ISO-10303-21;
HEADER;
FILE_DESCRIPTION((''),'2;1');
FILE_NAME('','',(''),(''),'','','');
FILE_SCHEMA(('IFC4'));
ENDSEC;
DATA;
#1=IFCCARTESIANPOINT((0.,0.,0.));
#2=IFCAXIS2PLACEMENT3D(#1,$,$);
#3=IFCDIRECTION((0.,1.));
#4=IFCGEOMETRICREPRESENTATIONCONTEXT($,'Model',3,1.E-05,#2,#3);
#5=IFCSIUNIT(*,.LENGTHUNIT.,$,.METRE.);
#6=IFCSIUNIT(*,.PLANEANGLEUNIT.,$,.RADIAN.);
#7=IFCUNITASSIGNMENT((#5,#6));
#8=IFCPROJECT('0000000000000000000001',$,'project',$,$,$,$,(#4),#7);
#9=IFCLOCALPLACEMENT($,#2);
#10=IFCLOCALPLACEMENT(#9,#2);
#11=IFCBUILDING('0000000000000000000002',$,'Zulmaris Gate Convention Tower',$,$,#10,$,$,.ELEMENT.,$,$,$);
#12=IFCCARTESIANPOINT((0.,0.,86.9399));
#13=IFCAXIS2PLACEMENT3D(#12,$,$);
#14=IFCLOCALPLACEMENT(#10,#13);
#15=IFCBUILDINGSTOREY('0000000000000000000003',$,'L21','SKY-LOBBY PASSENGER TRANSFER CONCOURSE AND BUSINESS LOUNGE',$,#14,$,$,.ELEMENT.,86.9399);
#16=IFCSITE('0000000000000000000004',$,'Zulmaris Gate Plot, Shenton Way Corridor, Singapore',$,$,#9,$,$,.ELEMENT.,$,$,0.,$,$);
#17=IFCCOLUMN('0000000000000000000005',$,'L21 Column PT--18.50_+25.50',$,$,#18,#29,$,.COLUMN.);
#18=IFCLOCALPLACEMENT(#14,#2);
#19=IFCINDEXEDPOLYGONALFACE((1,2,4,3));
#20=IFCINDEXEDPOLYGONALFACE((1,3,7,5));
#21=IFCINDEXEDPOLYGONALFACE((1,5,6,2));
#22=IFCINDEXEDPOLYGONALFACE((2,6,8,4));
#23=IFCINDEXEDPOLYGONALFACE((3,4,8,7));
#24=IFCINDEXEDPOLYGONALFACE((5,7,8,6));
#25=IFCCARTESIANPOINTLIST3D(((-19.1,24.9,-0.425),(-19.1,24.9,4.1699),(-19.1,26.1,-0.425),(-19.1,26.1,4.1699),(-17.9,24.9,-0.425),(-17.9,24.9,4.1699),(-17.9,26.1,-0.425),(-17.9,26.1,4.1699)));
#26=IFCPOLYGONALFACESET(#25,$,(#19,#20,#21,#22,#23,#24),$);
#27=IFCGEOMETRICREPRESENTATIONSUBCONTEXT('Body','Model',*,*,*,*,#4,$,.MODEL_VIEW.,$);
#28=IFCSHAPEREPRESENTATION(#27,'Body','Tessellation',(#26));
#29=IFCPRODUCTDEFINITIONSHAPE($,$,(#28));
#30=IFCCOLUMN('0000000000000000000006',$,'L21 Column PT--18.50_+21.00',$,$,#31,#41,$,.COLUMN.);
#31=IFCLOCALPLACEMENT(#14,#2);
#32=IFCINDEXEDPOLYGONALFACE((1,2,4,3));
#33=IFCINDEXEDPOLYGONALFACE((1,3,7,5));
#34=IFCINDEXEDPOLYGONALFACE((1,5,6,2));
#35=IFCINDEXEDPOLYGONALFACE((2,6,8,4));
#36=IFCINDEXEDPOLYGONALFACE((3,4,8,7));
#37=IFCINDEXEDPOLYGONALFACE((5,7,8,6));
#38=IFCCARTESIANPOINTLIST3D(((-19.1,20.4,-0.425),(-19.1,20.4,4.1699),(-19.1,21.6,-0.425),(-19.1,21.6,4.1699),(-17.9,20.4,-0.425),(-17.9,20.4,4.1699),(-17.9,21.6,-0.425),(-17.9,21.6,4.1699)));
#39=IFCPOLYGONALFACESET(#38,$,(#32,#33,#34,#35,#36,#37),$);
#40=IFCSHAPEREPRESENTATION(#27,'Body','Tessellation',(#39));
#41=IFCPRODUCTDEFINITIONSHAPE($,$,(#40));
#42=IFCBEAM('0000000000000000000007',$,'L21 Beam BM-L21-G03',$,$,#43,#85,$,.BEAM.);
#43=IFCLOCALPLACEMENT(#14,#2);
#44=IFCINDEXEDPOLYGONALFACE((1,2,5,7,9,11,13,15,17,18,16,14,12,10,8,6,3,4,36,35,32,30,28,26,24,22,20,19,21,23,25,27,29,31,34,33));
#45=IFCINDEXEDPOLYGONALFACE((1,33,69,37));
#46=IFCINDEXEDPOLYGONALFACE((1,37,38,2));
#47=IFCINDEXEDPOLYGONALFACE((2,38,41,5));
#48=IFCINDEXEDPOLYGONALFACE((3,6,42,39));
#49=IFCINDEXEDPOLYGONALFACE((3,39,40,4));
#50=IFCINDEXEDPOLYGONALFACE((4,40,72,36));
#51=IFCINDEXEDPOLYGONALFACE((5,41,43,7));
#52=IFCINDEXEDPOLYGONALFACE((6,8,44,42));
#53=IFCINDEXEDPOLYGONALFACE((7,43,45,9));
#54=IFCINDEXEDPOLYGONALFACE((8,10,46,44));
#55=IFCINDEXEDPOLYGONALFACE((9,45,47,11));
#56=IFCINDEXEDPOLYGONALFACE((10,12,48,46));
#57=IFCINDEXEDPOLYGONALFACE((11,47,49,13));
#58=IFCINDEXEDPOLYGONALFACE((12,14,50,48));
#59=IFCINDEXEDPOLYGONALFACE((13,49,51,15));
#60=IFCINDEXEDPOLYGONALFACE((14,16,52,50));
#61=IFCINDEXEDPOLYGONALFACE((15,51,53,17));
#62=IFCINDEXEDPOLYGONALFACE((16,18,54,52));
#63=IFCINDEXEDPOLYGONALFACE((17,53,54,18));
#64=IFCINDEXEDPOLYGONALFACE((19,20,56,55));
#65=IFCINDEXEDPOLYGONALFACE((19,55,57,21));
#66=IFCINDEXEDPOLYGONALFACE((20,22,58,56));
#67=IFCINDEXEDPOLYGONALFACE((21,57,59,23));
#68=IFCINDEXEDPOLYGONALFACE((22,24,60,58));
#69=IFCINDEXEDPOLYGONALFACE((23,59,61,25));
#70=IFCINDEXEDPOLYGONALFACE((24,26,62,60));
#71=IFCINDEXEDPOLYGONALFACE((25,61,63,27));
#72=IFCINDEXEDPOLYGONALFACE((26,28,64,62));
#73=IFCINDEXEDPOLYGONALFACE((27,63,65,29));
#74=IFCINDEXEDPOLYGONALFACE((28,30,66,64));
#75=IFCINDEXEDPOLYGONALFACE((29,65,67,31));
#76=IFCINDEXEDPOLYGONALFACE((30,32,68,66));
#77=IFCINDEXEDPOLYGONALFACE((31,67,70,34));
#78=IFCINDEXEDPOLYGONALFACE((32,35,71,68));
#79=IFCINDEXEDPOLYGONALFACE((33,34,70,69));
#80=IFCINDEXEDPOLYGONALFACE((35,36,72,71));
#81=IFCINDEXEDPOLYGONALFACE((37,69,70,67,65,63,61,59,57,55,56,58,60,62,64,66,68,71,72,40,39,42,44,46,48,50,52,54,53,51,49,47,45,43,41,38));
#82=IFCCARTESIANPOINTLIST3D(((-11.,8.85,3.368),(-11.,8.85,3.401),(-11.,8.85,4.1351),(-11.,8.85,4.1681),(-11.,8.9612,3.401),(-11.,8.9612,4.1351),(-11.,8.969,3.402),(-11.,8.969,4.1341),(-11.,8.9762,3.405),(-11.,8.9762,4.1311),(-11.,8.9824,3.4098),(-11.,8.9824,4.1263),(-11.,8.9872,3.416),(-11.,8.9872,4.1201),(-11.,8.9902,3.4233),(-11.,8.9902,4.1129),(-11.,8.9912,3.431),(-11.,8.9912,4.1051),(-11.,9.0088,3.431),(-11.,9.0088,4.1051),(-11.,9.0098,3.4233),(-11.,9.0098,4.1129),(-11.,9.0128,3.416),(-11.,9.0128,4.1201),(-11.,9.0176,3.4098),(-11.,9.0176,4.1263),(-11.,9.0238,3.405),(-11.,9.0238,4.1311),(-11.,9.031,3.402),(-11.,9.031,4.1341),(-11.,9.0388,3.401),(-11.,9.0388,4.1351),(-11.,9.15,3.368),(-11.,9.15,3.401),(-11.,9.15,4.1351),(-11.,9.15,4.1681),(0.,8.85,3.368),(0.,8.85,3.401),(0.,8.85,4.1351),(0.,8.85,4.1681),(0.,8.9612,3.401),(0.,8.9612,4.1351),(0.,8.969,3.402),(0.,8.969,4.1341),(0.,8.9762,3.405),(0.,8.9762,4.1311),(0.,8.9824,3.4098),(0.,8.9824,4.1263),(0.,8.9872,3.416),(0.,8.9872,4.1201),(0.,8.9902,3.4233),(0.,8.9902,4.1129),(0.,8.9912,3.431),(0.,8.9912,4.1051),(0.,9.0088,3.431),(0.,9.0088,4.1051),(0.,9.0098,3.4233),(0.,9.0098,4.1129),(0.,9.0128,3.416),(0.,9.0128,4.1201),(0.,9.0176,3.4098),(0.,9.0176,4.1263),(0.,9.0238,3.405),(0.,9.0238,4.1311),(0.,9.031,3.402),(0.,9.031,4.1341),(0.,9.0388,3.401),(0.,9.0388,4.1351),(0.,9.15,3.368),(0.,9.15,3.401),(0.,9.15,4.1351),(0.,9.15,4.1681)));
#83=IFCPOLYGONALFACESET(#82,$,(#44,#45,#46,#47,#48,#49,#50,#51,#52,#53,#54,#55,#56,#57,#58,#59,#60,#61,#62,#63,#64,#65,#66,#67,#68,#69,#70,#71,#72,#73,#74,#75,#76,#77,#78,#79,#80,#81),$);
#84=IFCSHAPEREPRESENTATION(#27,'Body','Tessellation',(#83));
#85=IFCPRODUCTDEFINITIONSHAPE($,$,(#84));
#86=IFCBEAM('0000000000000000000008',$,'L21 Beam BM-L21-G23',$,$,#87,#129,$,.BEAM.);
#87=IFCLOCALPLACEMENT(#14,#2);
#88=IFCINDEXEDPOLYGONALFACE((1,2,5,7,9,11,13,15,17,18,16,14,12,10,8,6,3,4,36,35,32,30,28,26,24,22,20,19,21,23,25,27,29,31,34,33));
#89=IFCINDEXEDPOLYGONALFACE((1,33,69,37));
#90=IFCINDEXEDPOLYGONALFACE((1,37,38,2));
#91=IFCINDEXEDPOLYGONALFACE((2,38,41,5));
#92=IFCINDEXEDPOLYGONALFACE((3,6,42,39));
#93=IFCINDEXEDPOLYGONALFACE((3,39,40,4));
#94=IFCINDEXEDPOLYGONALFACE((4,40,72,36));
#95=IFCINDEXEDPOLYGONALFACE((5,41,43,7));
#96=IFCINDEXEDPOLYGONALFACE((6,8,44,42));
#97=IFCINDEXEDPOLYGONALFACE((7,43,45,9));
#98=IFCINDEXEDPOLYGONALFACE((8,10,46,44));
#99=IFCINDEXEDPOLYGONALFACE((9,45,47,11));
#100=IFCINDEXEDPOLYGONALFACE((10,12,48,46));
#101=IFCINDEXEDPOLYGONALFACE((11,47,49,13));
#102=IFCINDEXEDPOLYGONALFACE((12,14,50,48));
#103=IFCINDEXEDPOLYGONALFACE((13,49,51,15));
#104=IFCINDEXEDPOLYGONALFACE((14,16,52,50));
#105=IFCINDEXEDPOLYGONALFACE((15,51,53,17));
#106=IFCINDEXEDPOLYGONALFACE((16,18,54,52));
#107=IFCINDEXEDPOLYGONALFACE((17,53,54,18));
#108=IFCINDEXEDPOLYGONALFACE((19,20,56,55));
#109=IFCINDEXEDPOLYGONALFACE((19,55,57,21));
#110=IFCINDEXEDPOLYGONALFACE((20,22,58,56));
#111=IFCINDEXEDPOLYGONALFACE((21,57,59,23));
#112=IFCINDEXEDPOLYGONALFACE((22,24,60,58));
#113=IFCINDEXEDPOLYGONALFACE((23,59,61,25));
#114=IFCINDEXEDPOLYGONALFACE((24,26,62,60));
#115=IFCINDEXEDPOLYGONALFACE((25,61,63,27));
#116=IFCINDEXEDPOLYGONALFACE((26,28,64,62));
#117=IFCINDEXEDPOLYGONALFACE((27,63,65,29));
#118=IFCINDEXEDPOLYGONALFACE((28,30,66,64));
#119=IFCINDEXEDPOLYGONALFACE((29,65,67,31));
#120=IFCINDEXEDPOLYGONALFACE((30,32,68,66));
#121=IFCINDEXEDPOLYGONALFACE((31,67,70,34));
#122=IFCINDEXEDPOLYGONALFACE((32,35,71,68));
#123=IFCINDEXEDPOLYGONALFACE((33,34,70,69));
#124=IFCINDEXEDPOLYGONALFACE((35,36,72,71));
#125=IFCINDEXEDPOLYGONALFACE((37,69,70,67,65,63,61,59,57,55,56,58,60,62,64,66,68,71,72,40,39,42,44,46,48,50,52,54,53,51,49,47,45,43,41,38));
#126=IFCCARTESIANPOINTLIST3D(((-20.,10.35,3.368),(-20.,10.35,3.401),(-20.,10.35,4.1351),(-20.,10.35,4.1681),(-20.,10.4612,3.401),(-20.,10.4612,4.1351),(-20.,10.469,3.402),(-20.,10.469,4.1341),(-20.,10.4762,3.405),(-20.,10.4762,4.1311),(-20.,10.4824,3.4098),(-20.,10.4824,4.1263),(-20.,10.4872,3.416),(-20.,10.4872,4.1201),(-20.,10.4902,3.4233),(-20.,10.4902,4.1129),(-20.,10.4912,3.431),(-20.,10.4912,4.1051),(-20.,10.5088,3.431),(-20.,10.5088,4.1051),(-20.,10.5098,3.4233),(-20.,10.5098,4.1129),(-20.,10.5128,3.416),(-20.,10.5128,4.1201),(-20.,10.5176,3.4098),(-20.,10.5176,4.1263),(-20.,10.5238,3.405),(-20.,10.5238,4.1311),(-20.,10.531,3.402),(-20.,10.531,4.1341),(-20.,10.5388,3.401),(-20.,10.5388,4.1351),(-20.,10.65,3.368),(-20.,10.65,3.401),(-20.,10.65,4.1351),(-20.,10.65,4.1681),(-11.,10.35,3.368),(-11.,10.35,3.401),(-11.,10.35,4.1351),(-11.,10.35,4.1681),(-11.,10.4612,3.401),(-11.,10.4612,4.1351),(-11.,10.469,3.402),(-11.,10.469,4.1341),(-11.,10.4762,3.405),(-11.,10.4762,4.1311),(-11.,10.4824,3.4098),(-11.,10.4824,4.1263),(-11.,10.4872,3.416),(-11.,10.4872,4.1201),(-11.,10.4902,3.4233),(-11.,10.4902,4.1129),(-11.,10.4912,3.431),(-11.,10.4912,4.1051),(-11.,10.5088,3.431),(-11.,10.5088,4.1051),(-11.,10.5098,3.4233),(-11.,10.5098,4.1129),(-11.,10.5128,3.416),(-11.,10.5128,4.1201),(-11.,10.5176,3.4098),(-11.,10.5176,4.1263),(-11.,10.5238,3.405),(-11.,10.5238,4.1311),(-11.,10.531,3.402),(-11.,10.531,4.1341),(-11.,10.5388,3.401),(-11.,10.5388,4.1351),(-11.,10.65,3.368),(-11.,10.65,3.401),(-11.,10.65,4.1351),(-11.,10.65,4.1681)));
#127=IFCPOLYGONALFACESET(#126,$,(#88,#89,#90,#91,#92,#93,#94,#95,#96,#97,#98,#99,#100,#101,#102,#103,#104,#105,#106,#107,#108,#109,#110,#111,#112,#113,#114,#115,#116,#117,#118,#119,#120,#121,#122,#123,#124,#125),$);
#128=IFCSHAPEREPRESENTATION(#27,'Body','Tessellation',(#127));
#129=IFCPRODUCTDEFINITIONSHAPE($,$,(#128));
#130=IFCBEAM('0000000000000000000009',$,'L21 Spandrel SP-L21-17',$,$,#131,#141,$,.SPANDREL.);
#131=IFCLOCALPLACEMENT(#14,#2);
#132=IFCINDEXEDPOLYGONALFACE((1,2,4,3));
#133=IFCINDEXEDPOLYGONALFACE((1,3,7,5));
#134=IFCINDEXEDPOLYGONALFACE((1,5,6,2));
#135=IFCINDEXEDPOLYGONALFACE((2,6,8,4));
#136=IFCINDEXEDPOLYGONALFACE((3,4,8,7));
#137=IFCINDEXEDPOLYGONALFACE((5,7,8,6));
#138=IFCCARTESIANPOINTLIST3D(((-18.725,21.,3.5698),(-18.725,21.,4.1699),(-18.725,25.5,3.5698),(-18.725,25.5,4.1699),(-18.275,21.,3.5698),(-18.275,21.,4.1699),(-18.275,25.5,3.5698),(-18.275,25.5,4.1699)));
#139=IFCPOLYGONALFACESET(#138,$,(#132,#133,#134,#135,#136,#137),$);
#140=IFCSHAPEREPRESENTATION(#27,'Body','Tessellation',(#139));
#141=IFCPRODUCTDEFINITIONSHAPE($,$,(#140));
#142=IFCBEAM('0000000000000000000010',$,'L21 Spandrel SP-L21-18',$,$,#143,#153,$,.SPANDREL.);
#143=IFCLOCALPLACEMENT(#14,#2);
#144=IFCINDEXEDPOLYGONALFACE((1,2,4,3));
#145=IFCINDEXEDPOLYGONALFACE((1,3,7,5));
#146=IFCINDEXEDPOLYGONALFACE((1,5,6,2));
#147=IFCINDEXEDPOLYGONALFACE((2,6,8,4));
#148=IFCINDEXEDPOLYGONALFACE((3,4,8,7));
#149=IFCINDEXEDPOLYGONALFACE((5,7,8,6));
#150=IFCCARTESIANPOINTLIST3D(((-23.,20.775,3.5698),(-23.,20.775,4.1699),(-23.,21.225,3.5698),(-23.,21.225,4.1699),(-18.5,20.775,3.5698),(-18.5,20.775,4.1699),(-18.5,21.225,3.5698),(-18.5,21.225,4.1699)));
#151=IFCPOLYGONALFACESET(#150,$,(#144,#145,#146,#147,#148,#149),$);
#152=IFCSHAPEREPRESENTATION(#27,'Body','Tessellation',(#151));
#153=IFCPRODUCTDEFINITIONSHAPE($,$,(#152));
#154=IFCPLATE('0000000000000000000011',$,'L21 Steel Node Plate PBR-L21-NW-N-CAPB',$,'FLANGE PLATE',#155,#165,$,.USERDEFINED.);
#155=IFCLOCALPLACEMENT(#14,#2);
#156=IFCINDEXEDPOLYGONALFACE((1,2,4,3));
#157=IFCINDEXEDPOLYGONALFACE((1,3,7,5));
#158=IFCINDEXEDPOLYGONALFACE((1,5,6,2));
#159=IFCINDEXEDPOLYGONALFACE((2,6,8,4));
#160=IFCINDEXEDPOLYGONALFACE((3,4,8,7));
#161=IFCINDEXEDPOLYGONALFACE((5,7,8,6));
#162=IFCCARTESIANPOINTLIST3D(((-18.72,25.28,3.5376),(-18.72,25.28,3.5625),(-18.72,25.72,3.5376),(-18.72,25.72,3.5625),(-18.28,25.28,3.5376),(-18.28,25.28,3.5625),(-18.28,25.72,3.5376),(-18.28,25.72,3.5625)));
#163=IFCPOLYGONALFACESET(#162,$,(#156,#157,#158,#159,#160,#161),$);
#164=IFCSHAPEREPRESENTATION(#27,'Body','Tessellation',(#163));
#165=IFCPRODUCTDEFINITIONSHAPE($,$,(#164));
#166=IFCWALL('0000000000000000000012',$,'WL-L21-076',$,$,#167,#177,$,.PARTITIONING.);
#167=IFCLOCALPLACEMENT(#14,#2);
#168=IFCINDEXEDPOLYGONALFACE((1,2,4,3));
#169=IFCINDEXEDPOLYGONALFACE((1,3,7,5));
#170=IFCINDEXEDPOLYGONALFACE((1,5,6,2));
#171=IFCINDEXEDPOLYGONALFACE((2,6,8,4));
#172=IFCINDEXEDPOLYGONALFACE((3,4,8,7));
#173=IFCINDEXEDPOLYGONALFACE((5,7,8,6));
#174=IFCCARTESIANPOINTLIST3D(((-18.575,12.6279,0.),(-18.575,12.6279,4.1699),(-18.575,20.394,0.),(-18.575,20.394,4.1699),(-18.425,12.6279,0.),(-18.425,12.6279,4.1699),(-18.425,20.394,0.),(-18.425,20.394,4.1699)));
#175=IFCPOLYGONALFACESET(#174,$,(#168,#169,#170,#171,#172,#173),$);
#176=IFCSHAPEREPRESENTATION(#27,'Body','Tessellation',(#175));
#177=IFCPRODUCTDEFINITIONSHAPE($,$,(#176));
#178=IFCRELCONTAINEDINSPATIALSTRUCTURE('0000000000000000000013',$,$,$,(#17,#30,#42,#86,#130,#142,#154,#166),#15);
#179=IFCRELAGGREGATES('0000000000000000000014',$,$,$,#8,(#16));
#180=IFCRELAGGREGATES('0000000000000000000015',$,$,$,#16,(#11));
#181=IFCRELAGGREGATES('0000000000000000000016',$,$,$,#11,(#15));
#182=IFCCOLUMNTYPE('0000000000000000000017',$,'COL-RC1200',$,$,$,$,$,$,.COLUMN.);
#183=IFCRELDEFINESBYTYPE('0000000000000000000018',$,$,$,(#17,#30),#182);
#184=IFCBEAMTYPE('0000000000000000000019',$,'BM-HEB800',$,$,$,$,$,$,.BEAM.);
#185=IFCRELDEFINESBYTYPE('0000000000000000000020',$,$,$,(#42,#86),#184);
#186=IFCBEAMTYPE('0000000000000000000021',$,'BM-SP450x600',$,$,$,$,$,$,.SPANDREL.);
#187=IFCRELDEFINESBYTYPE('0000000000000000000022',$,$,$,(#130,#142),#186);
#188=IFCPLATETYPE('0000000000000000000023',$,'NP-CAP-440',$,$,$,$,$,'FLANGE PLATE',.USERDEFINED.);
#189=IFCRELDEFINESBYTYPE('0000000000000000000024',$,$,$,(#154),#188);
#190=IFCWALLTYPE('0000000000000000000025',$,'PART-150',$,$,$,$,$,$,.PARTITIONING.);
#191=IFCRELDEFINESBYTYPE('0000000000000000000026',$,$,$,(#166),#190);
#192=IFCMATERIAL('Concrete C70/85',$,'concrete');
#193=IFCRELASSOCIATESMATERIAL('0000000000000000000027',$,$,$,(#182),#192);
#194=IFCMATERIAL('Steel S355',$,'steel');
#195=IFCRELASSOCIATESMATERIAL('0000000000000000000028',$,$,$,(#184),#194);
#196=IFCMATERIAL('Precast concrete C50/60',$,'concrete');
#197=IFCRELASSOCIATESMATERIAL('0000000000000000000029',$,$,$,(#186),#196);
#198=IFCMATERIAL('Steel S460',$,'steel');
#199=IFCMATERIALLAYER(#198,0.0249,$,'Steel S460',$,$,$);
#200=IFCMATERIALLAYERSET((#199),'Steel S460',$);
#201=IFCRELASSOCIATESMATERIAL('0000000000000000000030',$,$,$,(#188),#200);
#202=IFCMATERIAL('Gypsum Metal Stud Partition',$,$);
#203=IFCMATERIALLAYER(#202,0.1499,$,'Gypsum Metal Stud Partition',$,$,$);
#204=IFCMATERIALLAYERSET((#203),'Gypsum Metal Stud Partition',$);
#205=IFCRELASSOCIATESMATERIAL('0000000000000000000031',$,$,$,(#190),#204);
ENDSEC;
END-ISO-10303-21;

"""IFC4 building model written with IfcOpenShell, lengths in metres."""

from ifc_helpers import new_model, si_unit, direction, frame, frame_2d, origin, origin_2d, place, context, subcontext, project, spatial, rectangle, i_section, extrude, material, layer, layer_set, material_profile, profile_set, type_object, element, save


model = new_model("IFC4")

# Units and contexts
model_context = context("Model", 3, precision=1e-05, world=origin(), true_north=direction((0.0, 1.0)))
body_context = subcontext(model_context, "Body", "Model", "MODEL_VIEW")
ifc_project = project(units=[si_unit("LENGTHUNIT", "METRE"), si_unit("PLANEANGLEUNIT", "RADIAN")], contexts=[model_context])

# Site, building, storey
site_placement = place(None, origin())
site = spatial("IfcSite", under=ifc_project, at=site_placement, Name="Zulmaris Gate Plot, Shenton Way Corridor, Singapore", CompositionType="ELEMENT", RefElevation=0.0)
building_placement = place(site_placement, origin())
building = spatial("IfcBuilding", under=site, at=building_placement, Name="Zulmaris Gate Convention Tower", CompositionType="ELEMENT")
storey_placement = place(building_placement, frame((0.0, 0.0, 86.9399)))
storey = spatial("IfcBuildingStorey", under=building, at=storey_placement, Name="L21", Description="SKY-LOBBY PASSENGER TRANSFER CONCOURSE AND BUSINESS LOUNGE", CompositionType="ELEMENT", Elevation=86.9399)

# Columns
ifc_material_1 = material(Name="Concrete C70/85", Category="concrete")
ifc_material_profile_1 = material_profile(ifc_material_1, rectangle(XDim=1.2, YDim=1.2, at=origin_2d()), Name="RC COL 1200x1200")
ifc_profile_set_1 = profile_set([ifc_material_profile_1], Name="Concrete C70/85")
column_type = type_object("IfcColumnType", Name="COL-RC1200", PredefinedType="COLUMN", material=ifc_profile_set_1)
for number, where, z_axis, x_axis, name in (
    (1, (-18.5, 25.5, -0.425), (0.0, 0.0, 1.0), (1.0, 0.0, 0.0), "L21 Column PT--18.50_+25.50"),
    (2, (-18.5, 21.0, -0.425), (0.0, 0.0, 1.0), (1.0, 0.0, 0.0), "L21 Column PT--18.50_+21.00"),
):
    element("IfcColumn", number, at=place(storey_placement, frame(where, z_axis=z_axis, x_axis=x_axis)), inside=storey, type_object=column_type, Name=name, PredefinedType="COLUMN", context=body_context, shape_type="SweptSolid", body=[
        extrude(rectangle(XDim=1.2, YDim=1.2, at=origin_2d()), origin(), (0.0, 0.0, 1.0), 4.595),
    ])

# Beams
ifc_material_2 = material(Name="Steel S355", Category="steel")
ifc_material_profile_2 = material_profile(ifc_material_2, i_section(OverallWidth=0.3, OverallDepth=0.8, WebThickness=0.0176, FlangeThickness=0.033, FilletRadius=0.03, at=origin_2d()), Name="HEB 800")
ifc_profile_set_2 = profile_set([ifc_material_profile_2], Name="Steel S355")
beam_type_1 = type_object("IfcBeamType", Name="BM-HEB800", PredefinedType="BEAM", material=ifc_profile_set_2)
beam_1_placement = place(storey_placement, frame((-11.0, 9.0, 3.7681), z_axis=(1.0, 0.0, 0.0), x_axis=(0.0, 1.0, 0.0)))
element("IfcBeam", 3, at=beam_1_placement, inside=storey, type_object=beam_type_1, Name="L21 Beam BM-L21-G03", PredefinedType="BEAM", context=body_context, shape_type="SweptSolid", body=[
    extrude(i_section(OverallWidth=0.3, OverallDepth=0.8, WebThickness=0.0176, FlangeThickness=0.033, FilletRadius=0.03, at=origin_2d()), origin(), (0.0, 0.0, 1.0), 11.0),
])
beam_2_placement = place(storey_placement, frame((-20.0, 10.5, 3.7681), z_axis=(1.0, 0.0, 0.0), x_axis=(0.0, 1.0, 0.0)))
element("IfcBeam", 4, at=beam_2_placement, inside=storey, type_object=beam_type_1, Name="L21 Beam BM-L21-G23", PredefinedType="BEAM", context=body_context, shape_type="SweptSolid", body=[
    extrude(i_section(OverallWidth=0.3, OverallDepth=0.8, WebThickness=0.0176, FlangeThickness=0.033, FilletRadius=0.03, at=origin_2d()), origin(), (0.0, 0.0, 1.0), 9.0),
])
ifc_material_3 = material(Name="Precast concrete C50/60", Category="concrete")
ifc_material_profile_3 = material_profile(ifc_material_3, rectangle(XDim=0.45, YDim=0.6001, at=origin_2d()), Name="RC SPANDREL 450x600")
ifc_profile_set_3 = profile_set([ifc_material_profile_3], Name="Precast concrete C50/60")
beam_type_2 = type_object("IfcBeamType", Name="BM-SP450x600", PredefinedType="SPANDREL", material=ifc_profile_set_3)
for number, where, z_axis, x_axis, name in (
    (5, (-18.5, 25.5, 3.8699), (0.0, -1.0, 0.0), (1.0, 0.0, 0.0), "L21 Spandrel SP-L21-17"),
    (6, (-18.5, 21.0, 3.8699), (-1.0, 0.0, 0.0), (0.0, -1.0, 0.0), "L21 Spandrel SP-L21-18"),
):
    element("IfcBeam", number, at=place(storey_placement, frame(where, z_axis=z_axis, x_axis=x_axis)), inside=storey, type_object=beam_type_2, Name=name, PredefinedType="SPANDREL", context=body_context, shape_type="SweptSolid", body=[
        extrude(rectangle(XDim=0.45, YDim=0.6001, at=origin_2d()), origin(), (0.0, 0.0, 1.0), 4.5),
    ])

# Plate
ifc_material_4 = material(Name="Steel S460", Category="steel")
ifc_layer_1 = layer(ifc_material_4, 0.0249, Name="Steel S460")
ifc_layer_set_1 = layer_set([ifc_layer_1], Name="Steel S460")
plate_type = type_object("IfcPlateType", Name="NP-CAP-440", ElementType="FLANGE PLATE", PredefinedType="USERDEFINED", material=ifc_layer_set_1)
plate_placement = place(storey_placement, frame((-18.5, 25.5, 3.5376), z_axis=(0.0, 0.0, 1.0), x_axis=(1.0, 0.0, 0.0)))
element("IfcPlate", 7, at=plate_placement, inside=storey, type_object=plate_type, Name="L21 Steel Node Plate PBR-L21-NW-N-CAPB", ObjectType="FLANGE PLATE", PredefinedType="USERDEFINED", context=body_context, shape_type="SweptSolid", body=[
    extrude(rectangle(XDim=0.4399, YDim=0.4399, at=origin_2d()), origin(), (0.0, 0.0, 1.0), 0.0249),
])

# Shared definitions
ifc_material_5 = material(Name="Gypsum Metal Stud Partition")
ifc_layer_2 = layer(ifc_material_5, 0.1499, Name="Gypsum Metal Stud Partition")
ifc_layer_set_2 = layer_set([ifc_layer_2], Name="Gypsum Metal Stud Partition")
wall_type_1 = type_object("IfcWallType", Name="PART-150", PredefinedType="PARTITIONING", material=ifc_layer_set_2)

# Wall
wall_1_placement = place(storey_placement, frame((-18.5, 12.6279, 0.0), z_axis=(0.0, 0.0, 1.0), x_axis=(0.0, 1.0, 0.0)))
element("IfcWall", 8, at=wall_1_placement, inside=storey, type_object=wall_type_1, Name="WL-L21-076", PredefinedType="PARTITIONING", context=body_context, shape_type="SweptSolid", body=[
    extrude(rectangle(XDim=7.7661, YDim=0.1499, at=frame_2d((3.8831, 0.0))), origin(), (0.0, 0.0, 1.0), 4.1699),
])

save(model, "model.ifc")
